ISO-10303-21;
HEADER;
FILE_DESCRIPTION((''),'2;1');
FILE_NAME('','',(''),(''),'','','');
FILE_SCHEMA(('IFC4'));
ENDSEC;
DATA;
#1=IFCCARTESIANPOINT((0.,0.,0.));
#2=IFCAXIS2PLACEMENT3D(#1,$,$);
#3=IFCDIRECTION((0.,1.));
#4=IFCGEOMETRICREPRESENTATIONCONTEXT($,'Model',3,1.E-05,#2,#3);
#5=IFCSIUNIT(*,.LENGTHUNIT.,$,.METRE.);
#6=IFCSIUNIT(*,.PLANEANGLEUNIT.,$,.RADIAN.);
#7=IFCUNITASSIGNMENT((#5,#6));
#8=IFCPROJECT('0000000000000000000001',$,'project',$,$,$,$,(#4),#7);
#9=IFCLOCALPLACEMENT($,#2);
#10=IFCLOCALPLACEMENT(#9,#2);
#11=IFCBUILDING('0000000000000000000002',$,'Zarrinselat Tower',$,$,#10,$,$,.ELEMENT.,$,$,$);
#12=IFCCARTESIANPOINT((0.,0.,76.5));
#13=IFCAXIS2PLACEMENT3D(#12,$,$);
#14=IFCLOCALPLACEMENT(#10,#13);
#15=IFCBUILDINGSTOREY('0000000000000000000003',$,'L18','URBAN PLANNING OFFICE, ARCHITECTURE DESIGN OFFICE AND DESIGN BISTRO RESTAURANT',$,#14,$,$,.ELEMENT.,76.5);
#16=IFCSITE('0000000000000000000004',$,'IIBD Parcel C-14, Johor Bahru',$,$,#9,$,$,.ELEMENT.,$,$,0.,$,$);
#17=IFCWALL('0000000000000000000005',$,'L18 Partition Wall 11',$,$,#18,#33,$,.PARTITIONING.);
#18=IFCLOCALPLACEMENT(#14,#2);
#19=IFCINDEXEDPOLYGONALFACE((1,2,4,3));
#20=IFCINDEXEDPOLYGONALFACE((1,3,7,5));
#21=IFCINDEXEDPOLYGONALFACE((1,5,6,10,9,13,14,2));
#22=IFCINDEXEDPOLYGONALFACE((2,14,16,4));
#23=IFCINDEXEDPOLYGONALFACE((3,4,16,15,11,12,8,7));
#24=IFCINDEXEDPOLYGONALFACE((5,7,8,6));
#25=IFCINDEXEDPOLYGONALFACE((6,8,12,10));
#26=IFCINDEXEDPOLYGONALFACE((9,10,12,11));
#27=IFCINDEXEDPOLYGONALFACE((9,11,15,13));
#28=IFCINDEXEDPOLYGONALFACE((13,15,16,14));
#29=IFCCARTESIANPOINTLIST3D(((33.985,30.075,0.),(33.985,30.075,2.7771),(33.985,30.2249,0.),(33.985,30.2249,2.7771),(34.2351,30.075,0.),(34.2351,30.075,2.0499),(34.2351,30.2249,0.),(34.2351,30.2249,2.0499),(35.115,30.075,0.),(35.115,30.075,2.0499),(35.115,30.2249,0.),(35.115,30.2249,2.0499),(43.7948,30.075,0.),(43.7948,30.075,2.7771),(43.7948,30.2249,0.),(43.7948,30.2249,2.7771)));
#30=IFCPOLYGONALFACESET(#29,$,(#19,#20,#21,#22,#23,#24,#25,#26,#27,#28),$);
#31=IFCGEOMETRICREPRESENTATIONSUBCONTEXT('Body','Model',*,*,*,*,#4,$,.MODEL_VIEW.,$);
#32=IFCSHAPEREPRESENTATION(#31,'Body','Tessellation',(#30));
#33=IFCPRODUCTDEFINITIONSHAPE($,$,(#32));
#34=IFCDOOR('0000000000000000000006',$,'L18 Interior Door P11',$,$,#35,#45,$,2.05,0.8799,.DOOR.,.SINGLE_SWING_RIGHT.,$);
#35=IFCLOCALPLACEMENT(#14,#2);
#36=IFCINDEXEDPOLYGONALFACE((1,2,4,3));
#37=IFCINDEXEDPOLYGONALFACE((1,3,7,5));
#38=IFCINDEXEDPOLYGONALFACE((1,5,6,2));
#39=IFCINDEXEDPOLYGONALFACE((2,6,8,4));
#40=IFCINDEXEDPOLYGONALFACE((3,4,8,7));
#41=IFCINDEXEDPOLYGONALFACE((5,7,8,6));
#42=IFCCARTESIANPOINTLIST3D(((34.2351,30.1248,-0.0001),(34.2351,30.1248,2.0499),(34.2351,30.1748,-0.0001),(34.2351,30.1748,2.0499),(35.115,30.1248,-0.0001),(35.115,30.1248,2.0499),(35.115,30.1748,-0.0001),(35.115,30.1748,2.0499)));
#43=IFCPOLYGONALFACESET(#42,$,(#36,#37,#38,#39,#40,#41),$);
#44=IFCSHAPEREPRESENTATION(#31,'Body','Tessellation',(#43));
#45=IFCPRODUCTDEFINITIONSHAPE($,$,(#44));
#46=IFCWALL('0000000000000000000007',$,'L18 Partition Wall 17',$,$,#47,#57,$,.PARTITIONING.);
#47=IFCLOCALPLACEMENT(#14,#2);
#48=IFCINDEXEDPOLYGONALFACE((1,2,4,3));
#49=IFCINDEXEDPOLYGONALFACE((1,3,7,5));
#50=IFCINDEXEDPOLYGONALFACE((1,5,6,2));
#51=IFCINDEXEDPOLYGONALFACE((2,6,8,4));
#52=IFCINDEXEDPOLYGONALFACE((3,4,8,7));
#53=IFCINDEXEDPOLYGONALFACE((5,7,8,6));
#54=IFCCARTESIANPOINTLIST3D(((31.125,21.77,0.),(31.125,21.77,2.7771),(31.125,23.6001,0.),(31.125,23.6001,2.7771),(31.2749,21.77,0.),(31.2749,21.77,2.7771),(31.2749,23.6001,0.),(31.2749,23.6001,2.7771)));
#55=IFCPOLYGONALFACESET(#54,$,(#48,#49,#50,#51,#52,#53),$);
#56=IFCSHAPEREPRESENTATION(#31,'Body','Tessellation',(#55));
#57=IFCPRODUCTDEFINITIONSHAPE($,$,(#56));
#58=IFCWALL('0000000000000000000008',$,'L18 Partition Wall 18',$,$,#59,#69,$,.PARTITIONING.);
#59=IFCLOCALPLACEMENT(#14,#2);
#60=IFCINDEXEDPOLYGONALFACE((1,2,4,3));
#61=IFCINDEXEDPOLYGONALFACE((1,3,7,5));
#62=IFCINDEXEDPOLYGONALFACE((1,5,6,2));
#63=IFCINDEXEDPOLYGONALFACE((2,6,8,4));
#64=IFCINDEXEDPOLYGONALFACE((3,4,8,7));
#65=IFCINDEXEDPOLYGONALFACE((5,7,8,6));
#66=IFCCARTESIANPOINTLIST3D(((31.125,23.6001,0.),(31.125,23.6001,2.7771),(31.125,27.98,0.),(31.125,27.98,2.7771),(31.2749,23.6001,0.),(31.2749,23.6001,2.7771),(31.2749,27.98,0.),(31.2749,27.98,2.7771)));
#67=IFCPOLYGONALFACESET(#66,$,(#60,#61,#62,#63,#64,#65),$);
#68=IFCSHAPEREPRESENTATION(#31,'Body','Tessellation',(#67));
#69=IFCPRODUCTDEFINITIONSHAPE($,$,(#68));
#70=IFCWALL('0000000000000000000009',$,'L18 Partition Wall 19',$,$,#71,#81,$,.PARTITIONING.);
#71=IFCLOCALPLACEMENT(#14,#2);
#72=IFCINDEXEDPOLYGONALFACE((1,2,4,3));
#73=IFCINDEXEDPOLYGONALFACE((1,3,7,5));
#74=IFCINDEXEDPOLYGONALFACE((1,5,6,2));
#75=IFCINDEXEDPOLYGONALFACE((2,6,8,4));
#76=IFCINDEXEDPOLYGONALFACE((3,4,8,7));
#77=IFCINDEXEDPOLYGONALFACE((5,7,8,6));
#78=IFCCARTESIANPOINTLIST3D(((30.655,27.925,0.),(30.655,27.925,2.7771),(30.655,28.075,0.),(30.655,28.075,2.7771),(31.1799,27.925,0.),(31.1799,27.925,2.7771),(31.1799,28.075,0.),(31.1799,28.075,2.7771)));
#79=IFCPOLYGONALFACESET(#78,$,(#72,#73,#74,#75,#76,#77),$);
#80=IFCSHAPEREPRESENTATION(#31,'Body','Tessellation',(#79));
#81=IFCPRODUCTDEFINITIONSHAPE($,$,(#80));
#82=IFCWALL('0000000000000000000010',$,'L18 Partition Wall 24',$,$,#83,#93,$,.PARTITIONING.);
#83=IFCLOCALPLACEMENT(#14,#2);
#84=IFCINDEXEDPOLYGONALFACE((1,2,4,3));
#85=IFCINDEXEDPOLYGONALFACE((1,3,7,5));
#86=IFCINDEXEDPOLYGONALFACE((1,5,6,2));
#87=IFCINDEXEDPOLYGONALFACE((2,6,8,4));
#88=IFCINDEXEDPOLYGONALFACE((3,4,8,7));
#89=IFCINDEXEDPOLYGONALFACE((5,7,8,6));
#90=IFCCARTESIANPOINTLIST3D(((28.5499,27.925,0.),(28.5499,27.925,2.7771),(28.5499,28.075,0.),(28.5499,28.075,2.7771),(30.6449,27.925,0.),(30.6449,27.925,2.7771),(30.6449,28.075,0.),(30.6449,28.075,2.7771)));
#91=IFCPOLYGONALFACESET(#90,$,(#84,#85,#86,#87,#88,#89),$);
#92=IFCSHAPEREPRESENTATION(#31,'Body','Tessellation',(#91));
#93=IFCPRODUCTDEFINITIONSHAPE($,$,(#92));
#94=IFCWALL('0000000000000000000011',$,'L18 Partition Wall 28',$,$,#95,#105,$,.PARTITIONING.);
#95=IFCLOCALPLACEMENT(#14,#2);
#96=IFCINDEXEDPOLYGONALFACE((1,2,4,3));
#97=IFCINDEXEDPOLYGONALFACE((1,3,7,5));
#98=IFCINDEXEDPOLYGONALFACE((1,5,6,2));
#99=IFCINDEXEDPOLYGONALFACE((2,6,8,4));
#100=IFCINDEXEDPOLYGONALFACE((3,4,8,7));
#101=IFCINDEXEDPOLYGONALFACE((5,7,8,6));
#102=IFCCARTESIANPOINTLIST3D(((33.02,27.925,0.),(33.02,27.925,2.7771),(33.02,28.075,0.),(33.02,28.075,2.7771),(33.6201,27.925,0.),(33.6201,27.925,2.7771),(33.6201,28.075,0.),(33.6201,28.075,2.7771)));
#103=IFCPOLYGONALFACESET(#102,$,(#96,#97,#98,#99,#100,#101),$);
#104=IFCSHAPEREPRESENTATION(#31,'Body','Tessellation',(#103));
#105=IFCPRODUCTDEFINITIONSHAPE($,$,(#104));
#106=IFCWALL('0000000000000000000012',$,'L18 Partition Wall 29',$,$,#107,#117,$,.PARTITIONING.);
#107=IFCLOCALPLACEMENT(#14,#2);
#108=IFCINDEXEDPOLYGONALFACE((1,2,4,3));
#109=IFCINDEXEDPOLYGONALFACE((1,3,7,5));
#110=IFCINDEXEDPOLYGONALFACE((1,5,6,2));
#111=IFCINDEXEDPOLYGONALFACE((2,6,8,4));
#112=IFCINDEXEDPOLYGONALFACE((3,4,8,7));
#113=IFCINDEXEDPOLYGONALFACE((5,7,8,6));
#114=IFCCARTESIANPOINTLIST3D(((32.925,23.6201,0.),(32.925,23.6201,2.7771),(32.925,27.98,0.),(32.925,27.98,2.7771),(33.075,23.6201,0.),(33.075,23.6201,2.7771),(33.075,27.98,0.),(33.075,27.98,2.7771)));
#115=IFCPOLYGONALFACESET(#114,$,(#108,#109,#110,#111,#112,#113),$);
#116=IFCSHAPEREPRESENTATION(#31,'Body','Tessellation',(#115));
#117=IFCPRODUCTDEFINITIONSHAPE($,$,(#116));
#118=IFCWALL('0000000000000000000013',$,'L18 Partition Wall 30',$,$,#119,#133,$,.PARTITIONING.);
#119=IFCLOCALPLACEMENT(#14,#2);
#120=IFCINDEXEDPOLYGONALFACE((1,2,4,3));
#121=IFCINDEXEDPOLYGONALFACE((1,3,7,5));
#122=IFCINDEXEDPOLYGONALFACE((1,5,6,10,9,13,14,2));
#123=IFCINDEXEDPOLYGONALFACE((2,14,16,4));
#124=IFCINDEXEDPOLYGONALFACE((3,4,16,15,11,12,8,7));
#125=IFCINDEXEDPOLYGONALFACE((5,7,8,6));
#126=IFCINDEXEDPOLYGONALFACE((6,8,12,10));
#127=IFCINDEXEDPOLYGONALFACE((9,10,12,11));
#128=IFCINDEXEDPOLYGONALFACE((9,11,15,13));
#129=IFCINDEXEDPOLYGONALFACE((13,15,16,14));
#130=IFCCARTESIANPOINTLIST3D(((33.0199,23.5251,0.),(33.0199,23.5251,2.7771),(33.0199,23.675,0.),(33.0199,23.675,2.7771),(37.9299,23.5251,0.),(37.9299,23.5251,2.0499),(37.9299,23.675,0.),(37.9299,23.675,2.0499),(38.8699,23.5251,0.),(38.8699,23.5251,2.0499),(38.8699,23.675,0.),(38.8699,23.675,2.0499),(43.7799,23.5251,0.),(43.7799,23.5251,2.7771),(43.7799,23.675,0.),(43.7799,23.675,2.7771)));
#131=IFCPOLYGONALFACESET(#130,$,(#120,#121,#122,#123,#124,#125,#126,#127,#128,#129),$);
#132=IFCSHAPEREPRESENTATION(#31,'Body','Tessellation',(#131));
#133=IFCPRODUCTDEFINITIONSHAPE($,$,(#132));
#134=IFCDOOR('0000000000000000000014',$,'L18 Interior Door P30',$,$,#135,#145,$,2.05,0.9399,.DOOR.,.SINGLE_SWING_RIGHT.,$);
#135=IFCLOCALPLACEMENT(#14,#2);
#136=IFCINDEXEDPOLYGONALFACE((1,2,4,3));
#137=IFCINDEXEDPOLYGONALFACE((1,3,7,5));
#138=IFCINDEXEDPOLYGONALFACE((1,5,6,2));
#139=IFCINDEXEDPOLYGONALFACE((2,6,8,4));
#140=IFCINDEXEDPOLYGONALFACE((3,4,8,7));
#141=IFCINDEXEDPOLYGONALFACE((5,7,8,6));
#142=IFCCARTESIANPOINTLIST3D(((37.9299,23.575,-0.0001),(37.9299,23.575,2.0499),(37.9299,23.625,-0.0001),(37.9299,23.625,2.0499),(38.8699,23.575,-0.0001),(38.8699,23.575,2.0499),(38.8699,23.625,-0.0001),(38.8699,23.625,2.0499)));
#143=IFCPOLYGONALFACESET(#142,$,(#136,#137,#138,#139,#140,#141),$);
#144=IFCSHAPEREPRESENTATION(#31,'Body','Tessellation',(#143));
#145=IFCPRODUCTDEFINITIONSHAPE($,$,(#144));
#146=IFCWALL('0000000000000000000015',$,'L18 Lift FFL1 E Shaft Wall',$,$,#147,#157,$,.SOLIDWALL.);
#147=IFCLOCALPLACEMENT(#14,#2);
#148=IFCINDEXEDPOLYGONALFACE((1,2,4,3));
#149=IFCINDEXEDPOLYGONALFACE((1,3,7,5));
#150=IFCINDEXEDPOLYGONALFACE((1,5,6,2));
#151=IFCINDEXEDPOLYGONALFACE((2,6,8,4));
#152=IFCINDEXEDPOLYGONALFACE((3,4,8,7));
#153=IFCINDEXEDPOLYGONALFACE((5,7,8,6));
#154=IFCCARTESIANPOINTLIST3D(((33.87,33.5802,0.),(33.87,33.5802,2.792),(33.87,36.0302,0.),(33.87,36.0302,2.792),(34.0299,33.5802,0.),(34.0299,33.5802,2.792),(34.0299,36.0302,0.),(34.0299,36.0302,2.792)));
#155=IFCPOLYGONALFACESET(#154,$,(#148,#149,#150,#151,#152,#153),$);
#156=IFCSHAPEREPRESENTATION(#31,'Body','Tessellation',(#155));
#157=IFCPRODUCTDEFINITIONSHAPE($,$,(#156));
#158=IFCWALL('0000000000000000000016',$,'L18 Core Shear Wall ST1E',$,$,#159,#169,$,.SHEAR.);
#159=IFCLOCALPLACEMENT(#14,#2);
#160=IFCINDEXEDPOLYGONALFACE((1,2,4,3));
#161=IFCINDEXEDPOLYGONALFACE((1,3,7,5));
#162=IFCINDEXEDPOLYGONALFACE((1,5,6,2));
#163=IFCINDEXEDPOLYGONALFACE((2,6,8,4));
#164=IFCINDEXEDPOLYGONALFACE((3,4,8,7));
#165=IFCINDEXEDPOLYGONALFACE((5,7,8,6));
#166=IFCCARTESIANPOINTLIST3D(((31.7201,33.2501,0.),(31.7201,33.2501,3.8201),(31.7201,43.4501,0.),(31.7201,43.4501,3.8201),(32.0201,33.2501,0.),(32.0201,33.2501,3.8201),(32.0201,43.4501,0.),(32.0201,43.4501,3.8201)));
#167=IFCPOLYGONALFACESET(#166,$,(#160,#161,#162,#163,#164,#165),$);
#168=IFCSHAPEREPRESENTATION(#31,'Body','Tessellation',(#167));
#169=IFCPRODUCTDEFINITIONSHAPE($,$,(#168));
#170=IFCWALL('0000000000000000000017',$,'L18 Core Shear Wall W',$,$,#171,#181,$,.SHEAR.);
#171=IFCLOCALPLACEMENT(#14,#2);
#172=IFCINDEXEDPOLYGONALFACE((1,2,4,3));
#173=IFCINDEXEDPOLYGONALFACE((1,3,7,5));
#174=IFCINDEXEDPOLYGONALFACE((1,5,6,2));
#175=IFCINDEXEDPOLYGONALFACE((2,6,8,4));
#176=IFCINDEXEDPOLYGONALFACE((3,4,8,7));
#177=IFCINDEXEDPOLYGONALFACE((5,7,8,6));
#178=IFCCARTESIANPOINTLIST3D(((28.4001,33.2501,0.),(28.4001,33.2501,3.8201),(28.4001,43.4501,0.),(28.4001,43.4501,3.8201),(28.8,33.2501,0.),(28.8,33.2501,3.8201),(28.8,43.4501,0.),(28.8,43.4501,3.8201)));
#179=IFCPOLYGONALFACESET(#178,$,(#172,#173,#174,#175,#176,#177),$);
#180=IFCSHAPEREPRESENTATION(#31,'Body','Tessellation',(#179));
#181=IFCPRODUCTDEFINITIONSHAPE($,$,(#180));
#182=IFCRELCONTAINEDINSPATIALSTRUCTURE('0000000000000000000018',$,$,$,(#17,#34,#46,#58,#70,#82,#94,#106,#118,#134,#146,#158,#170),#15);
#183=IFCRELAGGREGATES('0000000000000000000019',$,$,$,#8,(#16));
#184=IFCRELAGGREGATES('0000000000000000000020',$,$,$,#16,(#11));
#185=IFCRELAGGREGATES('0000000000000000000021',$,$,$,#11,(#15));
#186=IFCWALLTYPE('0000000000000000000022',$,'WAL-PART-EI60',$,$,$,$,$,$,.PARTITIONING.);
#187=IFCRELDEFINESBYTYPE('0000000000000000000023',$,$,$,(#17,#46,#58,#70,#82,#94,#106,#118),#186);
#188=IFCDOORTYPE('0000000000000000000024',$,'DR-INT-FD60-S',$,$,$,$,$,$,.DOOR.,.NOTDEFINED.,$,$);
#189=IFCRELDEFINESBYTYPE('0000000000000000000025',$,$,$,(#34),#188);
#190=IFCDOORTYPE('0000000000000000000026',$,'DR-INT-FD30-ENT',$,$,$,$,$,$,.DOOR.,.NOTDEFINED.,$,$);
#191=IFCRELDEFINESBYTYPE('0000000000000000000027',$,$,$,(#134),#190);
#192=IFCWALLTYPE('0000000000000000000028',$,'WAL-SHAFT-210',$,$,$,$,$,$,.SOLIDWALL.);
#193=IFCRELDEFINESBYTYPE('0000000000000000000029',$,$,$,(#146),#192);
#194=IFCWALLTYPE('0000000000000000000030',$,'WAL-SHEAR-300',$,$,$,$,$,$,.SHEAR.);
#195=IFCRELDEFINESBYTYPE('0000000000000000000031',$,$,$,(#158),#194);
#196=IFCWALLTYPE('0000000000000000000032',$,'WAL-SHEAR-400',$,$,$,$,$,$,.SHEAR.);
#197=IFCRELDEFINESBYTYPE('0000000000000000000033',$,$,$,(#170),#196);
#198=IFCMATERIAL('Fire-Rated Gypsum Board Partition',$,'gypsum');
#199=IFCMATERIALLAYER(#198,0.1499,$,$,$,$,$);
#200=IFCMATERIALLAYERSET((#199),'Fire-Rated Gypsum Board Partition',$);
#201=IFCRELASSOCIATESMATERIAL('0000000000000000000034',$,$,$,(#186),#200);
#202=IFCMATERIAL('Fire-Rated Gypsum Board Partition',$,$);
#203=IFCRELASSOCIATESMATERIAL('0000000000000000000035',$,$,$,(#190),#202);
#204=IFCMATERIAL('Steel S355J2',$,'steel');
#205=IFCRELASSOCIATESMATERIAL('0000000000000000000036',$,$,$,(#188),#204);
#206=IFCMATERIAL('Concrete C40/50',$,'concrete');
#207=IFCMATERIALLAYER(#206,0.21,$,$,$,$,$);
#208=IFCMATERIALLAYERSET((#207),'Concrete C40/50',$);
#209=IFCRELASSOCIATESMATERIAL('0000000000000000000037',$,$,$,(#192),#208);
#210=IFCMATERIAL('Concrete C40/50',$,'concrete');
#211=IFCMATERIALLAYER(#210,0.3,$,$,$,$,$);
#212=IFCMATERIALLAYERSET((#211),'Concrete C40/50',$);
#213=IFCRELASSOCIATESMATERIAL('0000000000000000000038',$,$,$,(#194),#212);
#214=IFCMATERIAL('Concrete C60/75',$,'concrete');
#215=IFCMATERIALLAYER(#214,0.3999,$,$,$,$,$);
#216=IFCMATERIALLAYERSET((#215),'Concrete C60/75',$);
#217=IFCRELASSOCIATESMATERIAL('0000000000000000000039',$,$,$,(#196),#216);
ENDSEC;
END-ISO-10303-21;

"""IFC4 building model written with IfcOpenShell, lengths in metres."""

from ifc_helpers import new_model, si_unit, direction, frame, frame_2d, origin, place, context, subcontext, project, spatial, rectangle, extrude, material, layer, layer_set, type_object, element, fill, save


model = new_model("IFC4")

# Units and contexts
model_context = context("Model", 3, precision=1e-05, world=origin(), true_north=direction((0.0, 1.0)))
body_context = subcontext(model_context, "Body", "Model", "MODEL_VIEW")
ifc_project = project(units=[si_unit("LENGTHUNIT", "METRE"), si_unit("PLANEANGLEUNIT", "RADIAN")], contexts=[model_context])

# Site, building, storey
site_placement = place(None, origin())
site = spatial("IfcSite", under=ifc_project, at=site_placement, Name="IIBD Parcel C-14, Johor Bahru", CompositionType="ELEMENT", RefElevation=0.0)
building_placement = place(site_placement, origin())
building = spatial("IfcBuilding", under=site, at=building_placement, Name="Zarrinselat Tower", CompositionType="ELEMENT")
storey_placement = place(building_placement, frame((0.0, 0.0, 76.5)))
storey = spatial("IfcBuildingStorey", under=building, at=storey_placement, Name="L18", Description="URBAN PLANNING OFFICE, ARCHITECTURE DESIGN OFFICE AND DESIGN BISTRO RESTAURANT", CompositionType="ELEMENT", Elevation=76.5)

# Shared definitions
ifc_material_1 = material(Name="Fire-Rated Gypsum Board Partition", Category="gypsum")
ifc_layer_1 = layer(ifc_material_1, 0.1499)
ifc_layer_set_1 = layer_set([ifc_layer_1], Name="Fire-Rated Gypsum Board Partition")
wall_type_1 = type_object("IfcWallType", Name="WAL-PART-EI60", PredefinedType="PARTITIONING", material=ifc_layer_set_1)
ifc_material_2 = material(Name="Fire-Rated Gypsum Board Partition")
door_type_1 = type_object("IfcDoorType", Name="DR-INT-FD30-ENT", OperationType="NOTDEFINED", PredefinedType="DOOR", material=ifc_material_2)

# Wall, opening, door
wall_1_placement = place(storey_placement, frame((33.9851, 30.1499, 0.0), z_axis=(0.0, 0.0, 1.0), x_axis=(1.0, 0.0, 0.0)))
wall_1 = element("IfcWall", 1, at=wall_1_placement, inside=storey, type_object=wall_type_1, Name="L18 Partition Wall 11", PredefinedType="PARTITIONING", context=body_context, shape_type="SweptSolid", body=[
    extrude(rectangle(XDim=9.8098, YDim=0.1499, at=frame_2d((4.9048, 0.0))), origin(), (0.0, 0.0, 1.0), 2.7771),
])
opening_1_placement = place(wall_1_placement, frame((0.25, 0.0, 0.0)))
opening_1 = element("IfcOpeningElement", 2, at=opening_1_placement, cuts=wall_1, PredefinedType="OPENING", context=body_context, shape_type="SweptSolid", body=[
    extrude(rectangle(XDim=0.8799, YDim=2.05, at=frame_2d((0.4399, 1.0249))), frame((0.0, 0.085, 0.0), z_axis=(0.0, -1.0, 0.0), x_axis=(1.0, 0.0, 0.0)), (0.0, 0.0, 1.0), 0.1699),
])
ifc_material_3 = material(Name="Steel S355J2", Category="steel")
door_type_2 = type_object("IfcDoorType", Name="DR-INT-FD60-S", OperationType="NOTDEFINED", PredefinedType="DOOR", material=ifc_material_3)
door_1_placement = place(opening_1_placement, origin())
door_1 = element("IfcDoor", 3, at=door_1_placement, inside=storey, type_object=door_type_2, Name="L18 Interior Door P11", OperationType="SINGLE_SWING_RIGHT", OverallHeight=2.05, OverallWidth=0.8799, PredefinedType="DOOR", context=body_context, shape_type="SweptSolid", body=[
    extrude(rectangle(XDim=0.8799, YDim=2.05, at=frame_2d((0.4399, 1.0249))), frame((0.0, 0.0249, 0.0), z_axis=(0.0, -1.0, 0.0), x_axis=(1.0, 0.0, 0.0)), (0.0, 0.0, 1.0), 0.05),
])
fill(opening_1, door_1)

# Walls
wall_2_placement = place(storey_placement, frame((31.2, 21.77, 0.0), z_axis=(0.0, 0.0, 1.0), x_axis=(0.0, 1.0, 0.0)))
element("IfcWall", 4, at=wall_2_placement, inside=storey, type_object=wall_type_1, Name="L18 Partition Wall 17", PredefinedType="PARTITIONING", context=body_context, shape_type="SweptSolid", body=[
    extrude(rectangle(XDim=1.8301, YDim=0.1499, at=frame_2d((0.915, 0.0))), origin(), (0.0, 0.0, 1.0), 2.7771),
])
wall_3_placement = place(storey_placement, frame((31.2, 23.6001, 0.0), z_axis=(0.0, 0.0, 1.0), x_axis=(0.0, 1.0, 0.0)))
element("IfcWall", 5, at=wall_3_placement, inside=storey, type_object=wall_type_1, Name="L18 Partition Wall 18", PredefinedType="PARTITIONING", context=body_context, shape_type="SweptSolid", body=[
    extrude(rectangle(XDim=4.3799, YDim=0.1499, at=frame_2d((2.1899, 0.0))), origin(), (0.0, 0.0, 1.0), 2.7771),
])
wall_4_placement = place(storey_placement, frame((30.655, 28.0, 0.0), z_axis=(0.0, 0.0, 1.0), x_axis=(1.0, 0.0, 0.0)))
element("IfcWall", 6, at=wall_4_placement, inside=storey, type_object=wall_type_1, Name="L18 Partition Wall 19", PredefinedType="PARTITIONING", context=body_context, shape_type="SweptSolid", body=[
    extrude(rectangle(XDim=0.5249, YDim=0.1499, at=frame_2d((0.2625, 0.0))), origin(), (0.0, 0.0, 1.0), 2.7771),
])
wall_5_placement = place(storey_placement, frame((28.55, 28.0, 0.0), z_axis=(0.0, 0.0, 1.0), x_axis=(1.0, 0.0, 0.0)))
element("IfcWall", 7, at=wall_5_placement, inside=storey, type_object=wall_type_1, Name="L18 Partition Wall 24", PredefinedType="PARTITIONING", context=body_context, shape_type="SweptSolid", body=[
    extrude(rectangle(XDim=2.095, YDim=0.1499, at=frame_2d((1.0474, 0.0))), origin(), (0.0, 0.0, 1.0), 2.7771),
])
wall_6_placement = place(storey_placement, frame((33.02, 28.0, 0.0), z_axis=(0.0, 0.0, 1.0), x_axis=(1.0, 0.0, 0.0)))
element("IfcWall", 8, at=wall_6_placement, inside=storey, type_object=wall_type_1, Name="L18 Partition Wall 28", PredefinedType="PARTITIONING", context=body_context, shape_type="SweptSolid", body=[
    extrude(rectangle(XDim=0.6001, YDim=0.1499, at=frame_2d((0.3, 0.0))), origin(), (0.0, 0.0, 1.0), 2.7771),
])
wall_7_placement = place(storey_placement, frame((33.0, 23.6201, 0.0), z_axis=(0.0, 0.0, 1.0), x_axis=(0.0, 1.0, 0.0)))
element("IfcWall", 9, at=wall_7_placement, inside=storey, type_object=wall_type_1, Name="L18 Partition Wall 29", PredefinedType="PARTITIONING", context=body_context, shape_type="SweptSolid", body=[
    extrude(rectangle(XDim=4.3599, YDim=0.1499, at=frame_2d((2.1799, 0.0))), origin(), (0.0, 0.0, 1.0), 2.7771),
])

# Wall, opening, door
wall_8_placement = place(storey_placement, frame((33.02, 23.6001, 0.0), z_axis=(0.0, 0.0, 1.0), x_axis=(1.0, 0.0, 0.0)))
wall_8 = element("IfcWall", 10, at=wall_8_placement, inside=storey, type_object=wall_type_1, Name="L18 Partition Wall 30", PredefinedType="PARTITIONING", context=body_context, shape_type="SweptSolid", body=[
    extrude(rectangle(XDim=10.76, YDim=0.1499, at=frame_2d((5.3799, 0.0))), origin(), (0.0, 0.0, 1.0), 2.7771),
])
opening_2_placement = place(wall_8_placement, frame((4.9099, 0.0, 0.0)))
opening_2 = element("IfcOpeningElement", 11, at=opening_2_placement, cuts=wall_8, PredefinedType="OPENING", context=body_context, shape_type="SweptSolid", body=[
    extrude(rectangle(XDim=0.9399, YDim=2.05, at=frame_2d((0.47, 1.0249))), frame((0.0, 0.085, 0.0), z_axis=(0.0, -1.0, 0.0), x_axis=(1.0, 0.0, 0.0)), (0.0, 0.0, 1.0), 0.1699),
])
door_2_placement = place(opening_2_placement, origin())
door_2 = element("IfcDoor", 12, at=door_2_placement, inside=storey, type_object=door_type_1, Name="L18 Interior Door P30", OperationType="SINGLE_SWING_RIGHT", OverallHeight=2.05, OverallWidth=0.9399, PredefinedType="DOOR", context=body_context, shape_type="SweptSolid", body=[
    extrude(rectangle(XDim=0.9399, YDim=2.05, at=frame_2d((0.47, 1.0249))), frame((0.0, 0.0249, 0.0), z_axis=(0.0, -1.0, 0.0), x_axis=(1.0, 0.0, 0.0)), (0.0, 0.0, 1.0), 0.05),
])
fill(opening_2, door_2)

# Walls
ifc_material_4 = material(Name="Concrete C40/50", Category="concrete")
ifc_layer_2 = layer(ifc_material_4, 0.21)
ifc_layer_set_2 = layer_set([ifc_layer_2], Name="Concrete C40/50")
wall_type_2 = type_object("IfcWallType", Name="WAL-SHAFT-210", PredefinedType="SOLIDWALL", material=ifc_layer_set_2)
wall_9_placement = place(storey_placement, frame((33.95, 33.5801, 0.0), z_axis=(0.0, 0.0, 1.0), x_axis=(0.0, 1.0, 0.0)))
element("IfcWall", 13, at=wall_9_placement, inside=storey, type_object=wall_type_2, Name="L18 Lift FFL1 E Shaft Wall", PredefinedType="SOLIDWALL", context=body_context, shape_type="SweptSolid", body=[
    extrude(rectangle(XDim=2.45, YDim=0.1599, at=frame_2d((1.2251, 0.0))), origin(), (0.0, 0.0, 1.0), 2.792),
])
ifc_material_5 = material(Name="Concrete C40/50", Category="concrete")
ifc_layer_3 = layer(ifc_material_5, 0.3)
ifc_layer_set_3 = layer_set([ifc_layer_3], Name="Concrete C40/50")
wall_type_3 = type_object("IfcWallType", Name="WAL-SHEAR-300", PredefinedType="SHEAR", material=ifc_layer_set_3)
wall_10_placement = place(storey_placement, frame((31.8701, 33.25, 0.0), z_axis=(0.0, 0.0, 1.0), x_axis=(0.0, 1.0, 0.0)))
element("IfcWall", 14, at=wall_10_placement, inside=storey, type_object=wall_type_3, Name="L18 Core Shear Wall ST1E", PredefinedType="SHEAR", context=body_context, shape_type="SweptSolid", body=[
    extrude(rectangle(XDim=10.2, YDim=0.3, at=frame_2d((5.1001, 0.0))), origin(), (0.0, 0.0, 1.0), 3.8201),
])

# Shared definitions
ifc_material_6 = material(Name="Concrete C60/75", Category="concrete")
ifc_layer_4 = layer(ifc_material_6, 0.3999)
ifc_layer_set_4 = layer_set([ifc_layer_4], Name="Concrete C60/75")
wall_type_4 = type_object("IfcWallType", Name="WAL-SHEAR-400", PredefinedType="SHEAR", material=ifc_layer_set_4)

# Wall
wall_11_placement = place(storey_placement, frame((28.6001, 33.25, 0.0), z_axis=(0.0, 0.0, 1.0), x_axis=(0.0, 1.0, 0.0)))
element("IfcWall", 15, at=wall_11_placement, inside=storey, type_object=wall_type_4, Name="L18 Core Shear Wall W", PredefinedType="SHEAR", context=body_context, shape_type="SweptSolid", body=[
    extrude(rectangle(XDim=10.2, YDim=0.3999, at=frame_2d((5.1001, 0.0))), origin(), (0.0, 0.0, 1.0), 3.8201),
])

save(model, "model.ifc")
